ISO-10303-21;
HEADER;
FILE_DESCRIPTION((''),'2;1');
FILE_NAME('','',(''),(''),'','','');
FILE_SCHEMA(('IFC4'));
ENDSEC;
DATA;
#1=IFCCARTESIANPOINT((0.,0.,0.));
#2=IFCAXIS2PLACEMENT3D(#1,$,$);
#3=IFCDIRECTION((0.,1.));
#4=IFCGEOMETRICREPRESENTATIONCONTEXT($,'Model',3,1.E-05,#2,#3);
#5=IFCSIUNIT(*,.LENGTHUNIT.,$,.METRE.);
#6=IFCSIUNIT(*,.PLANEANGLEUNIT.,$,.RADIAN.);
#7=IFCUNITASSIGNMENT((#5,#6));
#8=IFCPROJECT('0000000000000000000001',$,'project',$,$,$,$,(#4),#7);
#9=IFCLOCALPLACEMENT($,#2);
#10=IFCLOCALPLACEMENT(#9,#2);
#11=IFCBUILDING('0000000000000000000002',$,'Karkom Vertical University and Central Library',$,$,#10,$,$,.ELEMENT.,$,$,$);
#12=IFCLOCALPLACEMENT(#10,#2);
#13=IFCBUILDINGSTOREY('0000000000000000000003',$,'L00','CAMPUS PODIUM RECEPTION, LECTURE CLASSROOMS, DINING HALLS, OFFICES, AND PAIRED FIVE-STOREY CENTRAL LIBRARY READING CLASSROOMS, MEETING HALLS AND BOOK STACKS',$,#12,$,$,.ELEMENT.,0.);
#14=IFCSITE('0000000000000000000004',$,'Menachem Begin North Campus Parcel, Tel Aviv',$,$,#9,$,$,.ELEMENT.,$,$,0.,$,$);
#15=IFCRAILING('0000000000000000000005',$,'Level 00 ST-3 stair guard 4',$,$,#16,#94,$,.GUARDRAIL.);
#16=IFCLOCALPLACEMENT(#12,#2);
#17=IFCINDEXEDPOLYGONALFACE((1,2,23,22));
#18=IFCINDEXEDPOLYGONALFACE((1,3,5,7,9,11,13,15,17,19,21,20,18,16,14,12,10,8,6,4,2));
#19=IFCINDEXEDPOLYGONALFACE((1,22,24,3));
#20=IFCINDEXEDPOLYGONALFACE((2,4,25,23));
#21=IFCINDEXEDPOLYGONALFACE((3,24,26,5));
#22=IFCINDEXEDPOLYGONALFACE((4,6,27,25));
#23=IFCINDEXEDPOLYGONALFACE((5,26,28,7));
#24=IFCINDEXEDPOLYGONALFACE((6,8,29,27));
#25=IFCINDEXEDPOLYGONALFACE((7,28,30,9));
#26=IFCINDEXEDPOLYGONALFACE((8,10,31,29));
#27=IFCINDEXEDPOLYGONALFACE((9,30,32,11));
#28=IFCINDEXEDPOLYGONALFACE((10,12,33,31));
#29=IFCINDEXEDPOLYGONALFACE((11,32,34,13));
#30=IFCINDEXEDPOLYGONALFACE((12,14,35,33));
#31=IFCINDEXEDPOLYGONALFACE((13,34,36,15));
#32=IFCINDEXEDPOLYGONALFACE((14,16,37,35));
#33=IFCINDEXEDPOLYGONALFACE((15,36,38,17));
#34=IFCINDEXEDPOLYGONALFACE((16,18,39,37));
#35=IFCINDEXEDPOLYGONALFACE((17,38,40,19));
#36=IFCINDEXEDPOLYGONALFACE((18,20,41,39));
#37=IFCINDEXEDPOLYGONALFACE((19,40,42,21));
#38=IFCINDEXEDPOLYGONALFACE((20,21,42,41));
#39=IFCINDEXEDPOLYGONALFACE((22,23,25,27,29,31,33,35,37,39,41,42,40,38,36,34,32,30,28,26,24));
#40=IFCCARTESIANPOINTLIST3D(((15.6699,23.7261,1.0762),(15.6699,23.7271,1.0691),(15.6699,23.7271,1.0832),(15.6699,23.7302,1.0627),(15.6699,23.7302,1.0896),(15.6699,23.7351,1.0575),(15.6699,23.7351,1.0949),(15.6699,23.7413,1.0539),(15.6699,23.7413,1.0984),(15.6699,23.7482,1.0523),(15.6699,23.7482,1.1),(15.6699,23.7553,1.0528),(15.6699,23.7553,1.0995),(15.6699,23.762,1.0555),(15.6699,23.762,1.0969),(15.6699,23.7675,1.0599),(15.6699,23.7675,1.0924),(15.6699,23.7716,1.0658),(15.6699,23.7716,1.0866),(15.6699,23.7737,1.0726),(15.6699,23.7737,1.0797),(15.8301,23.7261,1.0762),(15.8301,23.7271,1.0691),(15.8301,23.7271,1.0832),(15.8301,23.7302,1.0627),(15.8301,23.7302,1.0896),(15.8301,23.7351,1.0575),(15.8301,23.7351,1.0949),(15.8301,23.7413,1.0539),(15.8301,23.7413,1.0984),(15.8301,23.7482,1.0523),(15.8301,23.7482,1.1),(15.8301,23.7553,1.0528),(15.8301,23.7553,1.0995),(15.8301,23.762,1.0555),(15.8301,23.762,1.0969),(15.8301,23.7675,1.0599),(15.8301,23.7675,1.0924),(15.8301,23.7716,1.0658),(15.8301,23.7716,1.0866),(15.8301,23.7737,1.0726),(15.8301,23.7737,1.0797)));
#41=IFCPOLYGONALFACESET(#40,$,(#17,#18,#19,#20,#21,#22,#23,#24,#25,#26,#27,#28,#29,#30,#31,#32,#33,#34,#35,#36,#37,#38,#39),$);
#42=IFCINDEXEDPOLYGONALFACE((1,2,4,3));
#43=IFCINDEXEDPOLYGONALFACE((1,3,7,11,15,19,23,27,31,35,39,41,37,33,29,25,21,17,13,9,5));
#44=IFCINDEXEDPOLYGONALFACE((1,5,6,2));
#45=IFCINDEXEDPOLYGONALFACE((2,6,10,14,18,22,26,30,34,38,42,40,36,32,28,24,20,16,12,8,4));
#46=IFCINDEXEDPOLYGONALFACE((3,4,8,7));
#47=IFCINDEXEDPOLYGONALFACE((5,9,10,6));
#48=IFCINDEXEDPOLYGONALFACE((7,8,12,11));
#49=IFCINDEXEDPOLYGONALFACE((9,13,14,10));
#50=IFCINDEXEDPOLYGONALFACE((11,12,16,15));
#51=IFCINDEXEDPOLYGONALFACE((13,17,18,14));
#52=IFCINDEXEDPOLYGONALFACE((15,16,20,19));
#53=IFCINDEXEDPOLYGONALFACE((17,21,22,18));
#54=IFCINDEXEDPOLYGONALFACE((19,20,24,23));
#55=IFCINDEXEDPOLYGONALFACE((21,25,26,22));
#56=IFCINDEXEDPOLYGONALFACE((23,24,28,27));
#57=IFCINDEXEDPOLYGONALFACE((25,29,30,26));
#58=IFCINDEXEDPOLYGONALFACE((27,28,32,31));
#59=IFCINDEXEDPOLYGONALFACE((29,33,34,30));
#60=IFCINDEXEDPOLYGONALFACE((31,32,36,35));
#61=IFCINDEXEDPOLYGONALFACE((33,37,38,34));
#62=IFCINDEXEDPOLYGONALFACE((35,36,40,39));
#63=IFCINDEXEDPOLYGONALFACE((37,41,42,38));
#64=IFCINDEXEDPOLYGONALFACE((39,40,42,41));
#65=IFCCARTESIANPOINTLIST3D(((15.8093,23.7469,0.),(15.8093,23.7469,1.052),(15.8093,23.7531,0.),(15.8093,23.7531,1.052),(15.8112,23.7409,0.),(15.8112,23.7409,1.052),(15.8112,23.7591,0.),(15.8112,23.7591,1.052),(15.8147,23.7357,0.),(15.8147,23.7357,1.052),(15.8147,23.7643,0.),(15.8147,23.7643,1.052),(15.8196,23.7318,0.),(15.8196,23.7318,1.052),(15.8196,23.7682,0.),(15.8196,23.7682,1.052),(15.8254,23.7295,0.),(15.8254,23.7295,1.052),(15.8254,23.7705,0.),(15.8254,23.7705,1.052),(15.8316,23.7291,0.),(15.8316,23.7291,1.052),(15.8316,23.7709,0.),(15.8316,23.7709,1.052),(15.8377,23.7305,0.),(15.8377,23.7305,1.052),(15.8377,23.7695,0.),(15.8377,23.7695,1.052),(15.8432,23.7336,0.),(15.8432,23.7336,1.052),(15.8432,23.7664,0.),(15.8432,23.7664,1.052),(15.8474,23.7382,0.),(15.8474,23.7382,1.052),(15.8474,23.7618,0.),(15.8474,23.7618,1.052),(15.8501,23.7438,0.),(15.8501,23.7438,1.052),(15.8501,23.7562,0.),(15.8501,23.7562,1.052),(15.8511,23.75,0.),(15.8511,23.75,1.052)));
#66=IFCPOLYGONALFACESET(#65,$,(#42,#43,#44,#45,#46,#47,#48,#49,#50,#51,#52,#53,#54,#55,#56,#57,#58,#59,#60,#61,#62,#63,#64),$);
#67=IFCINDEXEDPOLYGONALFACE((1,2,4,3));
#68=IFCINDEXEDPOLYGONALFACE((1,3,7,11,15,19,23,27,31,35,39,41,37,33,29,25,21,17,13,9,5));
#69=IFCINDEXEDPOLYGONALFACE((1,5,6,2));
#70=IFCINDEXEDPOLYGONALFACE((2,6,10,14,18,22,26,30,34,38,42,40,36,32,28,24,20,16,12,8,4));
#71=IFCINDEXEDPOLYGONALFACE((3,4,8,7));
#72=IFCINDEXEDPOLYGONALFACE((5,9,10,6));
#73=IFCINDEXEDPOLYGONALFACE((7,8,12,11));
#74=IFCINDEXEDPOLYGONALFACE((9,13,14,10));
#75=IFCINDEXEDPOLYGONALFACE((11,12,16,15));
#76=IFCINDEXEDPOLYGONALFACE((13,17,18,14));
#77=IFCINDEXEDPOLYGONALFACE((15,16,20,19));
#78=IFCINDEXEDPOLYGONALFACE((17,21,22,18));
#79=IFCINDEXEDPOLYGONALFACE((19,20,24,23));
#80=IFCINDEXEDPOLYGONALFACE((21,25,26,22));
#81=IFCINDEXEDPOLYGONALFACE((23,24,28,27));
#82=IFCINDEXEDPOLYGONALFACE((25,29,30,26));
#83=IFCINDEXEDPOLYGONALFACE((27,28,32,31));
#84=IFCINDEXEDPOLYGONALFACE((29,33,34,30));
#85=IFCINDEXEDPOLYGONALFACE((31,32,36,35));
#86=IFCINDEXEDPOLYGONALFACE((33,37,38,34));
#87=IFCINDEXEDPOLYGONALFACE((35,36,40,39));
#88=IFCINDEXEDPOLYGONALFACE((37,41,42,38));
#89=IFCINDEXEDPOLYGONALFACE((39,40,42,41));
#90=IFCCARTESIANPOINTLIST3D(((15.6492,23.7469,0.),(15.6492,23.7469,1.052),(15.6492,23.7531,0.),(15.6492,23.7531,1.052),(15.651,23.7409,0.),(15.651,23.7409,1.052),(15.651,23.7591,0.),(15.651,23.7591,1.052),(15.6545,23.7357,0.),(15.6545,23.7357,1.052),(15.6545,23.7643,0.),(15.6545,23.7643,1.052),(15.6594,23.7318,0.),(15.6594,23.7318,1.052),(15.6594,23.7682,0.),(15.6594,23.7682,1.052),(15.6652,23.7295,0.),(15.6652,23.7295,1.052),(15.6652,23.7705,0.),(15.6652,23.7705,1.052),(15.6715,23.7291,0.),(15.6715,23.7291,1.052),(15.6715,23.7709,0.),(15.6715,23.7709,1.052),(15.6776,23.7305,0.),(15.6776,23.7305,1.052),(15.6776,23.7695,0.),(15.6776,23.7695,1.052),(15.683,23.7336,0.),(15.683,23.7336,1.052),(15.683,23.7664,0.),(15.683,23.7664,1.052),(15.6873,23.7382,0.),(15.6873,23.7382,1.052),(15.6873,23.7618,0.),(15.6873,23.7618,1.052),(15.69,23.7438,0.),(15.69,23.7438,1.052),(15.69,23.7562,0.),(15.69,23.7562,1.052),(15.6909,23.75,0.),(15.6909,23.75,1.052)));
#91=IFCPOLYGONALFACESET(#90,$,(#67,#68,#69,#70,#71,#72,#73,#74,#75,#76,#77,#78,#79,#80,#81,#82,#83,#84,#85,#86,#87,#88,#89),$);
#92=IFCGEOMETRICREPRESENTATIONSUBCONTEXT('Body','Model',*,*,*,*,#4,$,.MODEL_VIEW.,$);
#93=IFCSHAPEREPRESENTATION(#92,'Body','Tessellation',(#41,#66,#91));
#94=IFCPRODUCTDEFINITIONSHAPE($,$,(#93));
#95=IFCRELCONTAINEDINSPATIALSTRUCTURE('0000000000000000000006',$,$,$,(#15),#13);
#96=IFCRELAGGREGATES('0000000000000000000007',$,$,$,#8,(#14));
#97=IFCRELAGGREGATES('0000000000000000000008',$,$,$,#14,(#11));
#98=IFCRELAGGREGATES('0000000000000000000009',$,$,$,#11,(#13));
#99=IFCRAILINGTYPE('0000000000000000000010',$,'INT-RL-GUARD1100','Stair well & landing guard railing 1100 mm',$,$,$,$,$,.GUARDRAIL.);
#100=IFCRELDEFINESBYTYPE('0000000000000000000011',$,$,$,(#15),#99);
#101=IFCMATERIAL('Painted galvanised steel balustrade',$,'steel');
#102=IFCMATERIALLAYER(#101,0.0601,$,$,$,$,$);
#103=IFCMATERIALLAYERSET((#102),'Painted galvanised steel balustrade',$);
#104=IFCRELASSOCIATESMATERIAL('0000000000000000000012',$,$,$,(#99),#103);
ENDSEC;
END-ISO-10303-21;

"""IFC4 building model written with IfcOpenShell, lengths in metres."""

from ifc_helpers import new_model, si_unit, direction, frame, origin, origin_2d, place, context, subcontext, project, spatial, circle, extrude, material, layer, layer_set, type_object, element, save


model = new_model("IFC4")

# Units and contexts
model_context = context("Model", 3, precision=1e-05, world=origin(), true_north=direction((0.0, 1.0)))
body_context = subcontext(model_context, "Body", "Model", "MODEL_VIEW")
ifc_project = project(units=[si_unit("LENGTHUNIT", "METRE"), si_unit("PLANEANGLEUNIT", "RADIAN")], contexts=[model_context])

# Site, building, storey
site_placement = place(None, origin())
site = spatial("IfcSite", under=ifc_project, at=site_placement, Name="Menachem Begin North Campus Parcel, Tel Aviv", CompositionType="ELEMENT", RefElevation=0.0)
building_placement = place(site_placement, origin())
building = spatial("IfcBuilding", under=site, at=building_placement, Name="Karkom Vertical University and Central Library", CompositionType="ELEMENT")
storey_placement = place(building_placement, origin())
storey = spatial("IfcBuildingStorey", under=building, at=storey_placement, Name="L00", Description="CAMPUS PODIUM RECEPTION, LECTURE CLASSROOMS, DINING HALLS, OFFICES, AND PAIRED FIVE-STOREY CENTRAL LIBRARY READING CLASSROOMS, MEETING HALLS AND BOOK STACKS", CompositionType="ELEMENT", Elevation=0.0)

# Railing
ifc_material_1 = material(Name="Painted galvanised steel balustrade", Category="steel")
ifc_layer_1 = layer(ifc_material_1, 0.0601)
ifc_layer_set_1 = layer_set([ifc_layer_1], Name="Painted galvanised steel balustrade")
railing_type_1 = type_object("IfcRailingType", Name="INT-RL-GUARD1100", Description="Stair well & landing guard railing 1100 mm", PredefinedType="GUARDRAIL", material=ifc_layer_set_1)
railing_1_placement = place(storey_placement, frame((15.8301, 23.75, 0.0)))
element("IfcRailing", 1, at=railing_1_placement, inside=storey, type_object=railing_type_1, Name="Level 00 ST-3 stair guard 4", PredefinedType="GUARDRAIL", context=body_context, shape_type="SweptSolid", body=[
    extrude(circle(Radius=0.0239, at=origin_2d()), frame((0.0, 0.0, 1.0762), z_axis=(-1.0, 0.0, 0.0), x_axis=(0.0, -1.0, 0.0)), (0.0, 0.0, 1.0), 0.1602),
    extrude(circle(Radius=0.021, at=origin_2d()), origin(), (0.0, 0.0, 1.0), 1.052),
    extrude(circle(Radius=0.021, at=origin_2d()), frame((-0.1602, 0.0, 0.0)), (0.0, 0.0, 1.0), 1.052),
])

save(model, "model.ifc")
